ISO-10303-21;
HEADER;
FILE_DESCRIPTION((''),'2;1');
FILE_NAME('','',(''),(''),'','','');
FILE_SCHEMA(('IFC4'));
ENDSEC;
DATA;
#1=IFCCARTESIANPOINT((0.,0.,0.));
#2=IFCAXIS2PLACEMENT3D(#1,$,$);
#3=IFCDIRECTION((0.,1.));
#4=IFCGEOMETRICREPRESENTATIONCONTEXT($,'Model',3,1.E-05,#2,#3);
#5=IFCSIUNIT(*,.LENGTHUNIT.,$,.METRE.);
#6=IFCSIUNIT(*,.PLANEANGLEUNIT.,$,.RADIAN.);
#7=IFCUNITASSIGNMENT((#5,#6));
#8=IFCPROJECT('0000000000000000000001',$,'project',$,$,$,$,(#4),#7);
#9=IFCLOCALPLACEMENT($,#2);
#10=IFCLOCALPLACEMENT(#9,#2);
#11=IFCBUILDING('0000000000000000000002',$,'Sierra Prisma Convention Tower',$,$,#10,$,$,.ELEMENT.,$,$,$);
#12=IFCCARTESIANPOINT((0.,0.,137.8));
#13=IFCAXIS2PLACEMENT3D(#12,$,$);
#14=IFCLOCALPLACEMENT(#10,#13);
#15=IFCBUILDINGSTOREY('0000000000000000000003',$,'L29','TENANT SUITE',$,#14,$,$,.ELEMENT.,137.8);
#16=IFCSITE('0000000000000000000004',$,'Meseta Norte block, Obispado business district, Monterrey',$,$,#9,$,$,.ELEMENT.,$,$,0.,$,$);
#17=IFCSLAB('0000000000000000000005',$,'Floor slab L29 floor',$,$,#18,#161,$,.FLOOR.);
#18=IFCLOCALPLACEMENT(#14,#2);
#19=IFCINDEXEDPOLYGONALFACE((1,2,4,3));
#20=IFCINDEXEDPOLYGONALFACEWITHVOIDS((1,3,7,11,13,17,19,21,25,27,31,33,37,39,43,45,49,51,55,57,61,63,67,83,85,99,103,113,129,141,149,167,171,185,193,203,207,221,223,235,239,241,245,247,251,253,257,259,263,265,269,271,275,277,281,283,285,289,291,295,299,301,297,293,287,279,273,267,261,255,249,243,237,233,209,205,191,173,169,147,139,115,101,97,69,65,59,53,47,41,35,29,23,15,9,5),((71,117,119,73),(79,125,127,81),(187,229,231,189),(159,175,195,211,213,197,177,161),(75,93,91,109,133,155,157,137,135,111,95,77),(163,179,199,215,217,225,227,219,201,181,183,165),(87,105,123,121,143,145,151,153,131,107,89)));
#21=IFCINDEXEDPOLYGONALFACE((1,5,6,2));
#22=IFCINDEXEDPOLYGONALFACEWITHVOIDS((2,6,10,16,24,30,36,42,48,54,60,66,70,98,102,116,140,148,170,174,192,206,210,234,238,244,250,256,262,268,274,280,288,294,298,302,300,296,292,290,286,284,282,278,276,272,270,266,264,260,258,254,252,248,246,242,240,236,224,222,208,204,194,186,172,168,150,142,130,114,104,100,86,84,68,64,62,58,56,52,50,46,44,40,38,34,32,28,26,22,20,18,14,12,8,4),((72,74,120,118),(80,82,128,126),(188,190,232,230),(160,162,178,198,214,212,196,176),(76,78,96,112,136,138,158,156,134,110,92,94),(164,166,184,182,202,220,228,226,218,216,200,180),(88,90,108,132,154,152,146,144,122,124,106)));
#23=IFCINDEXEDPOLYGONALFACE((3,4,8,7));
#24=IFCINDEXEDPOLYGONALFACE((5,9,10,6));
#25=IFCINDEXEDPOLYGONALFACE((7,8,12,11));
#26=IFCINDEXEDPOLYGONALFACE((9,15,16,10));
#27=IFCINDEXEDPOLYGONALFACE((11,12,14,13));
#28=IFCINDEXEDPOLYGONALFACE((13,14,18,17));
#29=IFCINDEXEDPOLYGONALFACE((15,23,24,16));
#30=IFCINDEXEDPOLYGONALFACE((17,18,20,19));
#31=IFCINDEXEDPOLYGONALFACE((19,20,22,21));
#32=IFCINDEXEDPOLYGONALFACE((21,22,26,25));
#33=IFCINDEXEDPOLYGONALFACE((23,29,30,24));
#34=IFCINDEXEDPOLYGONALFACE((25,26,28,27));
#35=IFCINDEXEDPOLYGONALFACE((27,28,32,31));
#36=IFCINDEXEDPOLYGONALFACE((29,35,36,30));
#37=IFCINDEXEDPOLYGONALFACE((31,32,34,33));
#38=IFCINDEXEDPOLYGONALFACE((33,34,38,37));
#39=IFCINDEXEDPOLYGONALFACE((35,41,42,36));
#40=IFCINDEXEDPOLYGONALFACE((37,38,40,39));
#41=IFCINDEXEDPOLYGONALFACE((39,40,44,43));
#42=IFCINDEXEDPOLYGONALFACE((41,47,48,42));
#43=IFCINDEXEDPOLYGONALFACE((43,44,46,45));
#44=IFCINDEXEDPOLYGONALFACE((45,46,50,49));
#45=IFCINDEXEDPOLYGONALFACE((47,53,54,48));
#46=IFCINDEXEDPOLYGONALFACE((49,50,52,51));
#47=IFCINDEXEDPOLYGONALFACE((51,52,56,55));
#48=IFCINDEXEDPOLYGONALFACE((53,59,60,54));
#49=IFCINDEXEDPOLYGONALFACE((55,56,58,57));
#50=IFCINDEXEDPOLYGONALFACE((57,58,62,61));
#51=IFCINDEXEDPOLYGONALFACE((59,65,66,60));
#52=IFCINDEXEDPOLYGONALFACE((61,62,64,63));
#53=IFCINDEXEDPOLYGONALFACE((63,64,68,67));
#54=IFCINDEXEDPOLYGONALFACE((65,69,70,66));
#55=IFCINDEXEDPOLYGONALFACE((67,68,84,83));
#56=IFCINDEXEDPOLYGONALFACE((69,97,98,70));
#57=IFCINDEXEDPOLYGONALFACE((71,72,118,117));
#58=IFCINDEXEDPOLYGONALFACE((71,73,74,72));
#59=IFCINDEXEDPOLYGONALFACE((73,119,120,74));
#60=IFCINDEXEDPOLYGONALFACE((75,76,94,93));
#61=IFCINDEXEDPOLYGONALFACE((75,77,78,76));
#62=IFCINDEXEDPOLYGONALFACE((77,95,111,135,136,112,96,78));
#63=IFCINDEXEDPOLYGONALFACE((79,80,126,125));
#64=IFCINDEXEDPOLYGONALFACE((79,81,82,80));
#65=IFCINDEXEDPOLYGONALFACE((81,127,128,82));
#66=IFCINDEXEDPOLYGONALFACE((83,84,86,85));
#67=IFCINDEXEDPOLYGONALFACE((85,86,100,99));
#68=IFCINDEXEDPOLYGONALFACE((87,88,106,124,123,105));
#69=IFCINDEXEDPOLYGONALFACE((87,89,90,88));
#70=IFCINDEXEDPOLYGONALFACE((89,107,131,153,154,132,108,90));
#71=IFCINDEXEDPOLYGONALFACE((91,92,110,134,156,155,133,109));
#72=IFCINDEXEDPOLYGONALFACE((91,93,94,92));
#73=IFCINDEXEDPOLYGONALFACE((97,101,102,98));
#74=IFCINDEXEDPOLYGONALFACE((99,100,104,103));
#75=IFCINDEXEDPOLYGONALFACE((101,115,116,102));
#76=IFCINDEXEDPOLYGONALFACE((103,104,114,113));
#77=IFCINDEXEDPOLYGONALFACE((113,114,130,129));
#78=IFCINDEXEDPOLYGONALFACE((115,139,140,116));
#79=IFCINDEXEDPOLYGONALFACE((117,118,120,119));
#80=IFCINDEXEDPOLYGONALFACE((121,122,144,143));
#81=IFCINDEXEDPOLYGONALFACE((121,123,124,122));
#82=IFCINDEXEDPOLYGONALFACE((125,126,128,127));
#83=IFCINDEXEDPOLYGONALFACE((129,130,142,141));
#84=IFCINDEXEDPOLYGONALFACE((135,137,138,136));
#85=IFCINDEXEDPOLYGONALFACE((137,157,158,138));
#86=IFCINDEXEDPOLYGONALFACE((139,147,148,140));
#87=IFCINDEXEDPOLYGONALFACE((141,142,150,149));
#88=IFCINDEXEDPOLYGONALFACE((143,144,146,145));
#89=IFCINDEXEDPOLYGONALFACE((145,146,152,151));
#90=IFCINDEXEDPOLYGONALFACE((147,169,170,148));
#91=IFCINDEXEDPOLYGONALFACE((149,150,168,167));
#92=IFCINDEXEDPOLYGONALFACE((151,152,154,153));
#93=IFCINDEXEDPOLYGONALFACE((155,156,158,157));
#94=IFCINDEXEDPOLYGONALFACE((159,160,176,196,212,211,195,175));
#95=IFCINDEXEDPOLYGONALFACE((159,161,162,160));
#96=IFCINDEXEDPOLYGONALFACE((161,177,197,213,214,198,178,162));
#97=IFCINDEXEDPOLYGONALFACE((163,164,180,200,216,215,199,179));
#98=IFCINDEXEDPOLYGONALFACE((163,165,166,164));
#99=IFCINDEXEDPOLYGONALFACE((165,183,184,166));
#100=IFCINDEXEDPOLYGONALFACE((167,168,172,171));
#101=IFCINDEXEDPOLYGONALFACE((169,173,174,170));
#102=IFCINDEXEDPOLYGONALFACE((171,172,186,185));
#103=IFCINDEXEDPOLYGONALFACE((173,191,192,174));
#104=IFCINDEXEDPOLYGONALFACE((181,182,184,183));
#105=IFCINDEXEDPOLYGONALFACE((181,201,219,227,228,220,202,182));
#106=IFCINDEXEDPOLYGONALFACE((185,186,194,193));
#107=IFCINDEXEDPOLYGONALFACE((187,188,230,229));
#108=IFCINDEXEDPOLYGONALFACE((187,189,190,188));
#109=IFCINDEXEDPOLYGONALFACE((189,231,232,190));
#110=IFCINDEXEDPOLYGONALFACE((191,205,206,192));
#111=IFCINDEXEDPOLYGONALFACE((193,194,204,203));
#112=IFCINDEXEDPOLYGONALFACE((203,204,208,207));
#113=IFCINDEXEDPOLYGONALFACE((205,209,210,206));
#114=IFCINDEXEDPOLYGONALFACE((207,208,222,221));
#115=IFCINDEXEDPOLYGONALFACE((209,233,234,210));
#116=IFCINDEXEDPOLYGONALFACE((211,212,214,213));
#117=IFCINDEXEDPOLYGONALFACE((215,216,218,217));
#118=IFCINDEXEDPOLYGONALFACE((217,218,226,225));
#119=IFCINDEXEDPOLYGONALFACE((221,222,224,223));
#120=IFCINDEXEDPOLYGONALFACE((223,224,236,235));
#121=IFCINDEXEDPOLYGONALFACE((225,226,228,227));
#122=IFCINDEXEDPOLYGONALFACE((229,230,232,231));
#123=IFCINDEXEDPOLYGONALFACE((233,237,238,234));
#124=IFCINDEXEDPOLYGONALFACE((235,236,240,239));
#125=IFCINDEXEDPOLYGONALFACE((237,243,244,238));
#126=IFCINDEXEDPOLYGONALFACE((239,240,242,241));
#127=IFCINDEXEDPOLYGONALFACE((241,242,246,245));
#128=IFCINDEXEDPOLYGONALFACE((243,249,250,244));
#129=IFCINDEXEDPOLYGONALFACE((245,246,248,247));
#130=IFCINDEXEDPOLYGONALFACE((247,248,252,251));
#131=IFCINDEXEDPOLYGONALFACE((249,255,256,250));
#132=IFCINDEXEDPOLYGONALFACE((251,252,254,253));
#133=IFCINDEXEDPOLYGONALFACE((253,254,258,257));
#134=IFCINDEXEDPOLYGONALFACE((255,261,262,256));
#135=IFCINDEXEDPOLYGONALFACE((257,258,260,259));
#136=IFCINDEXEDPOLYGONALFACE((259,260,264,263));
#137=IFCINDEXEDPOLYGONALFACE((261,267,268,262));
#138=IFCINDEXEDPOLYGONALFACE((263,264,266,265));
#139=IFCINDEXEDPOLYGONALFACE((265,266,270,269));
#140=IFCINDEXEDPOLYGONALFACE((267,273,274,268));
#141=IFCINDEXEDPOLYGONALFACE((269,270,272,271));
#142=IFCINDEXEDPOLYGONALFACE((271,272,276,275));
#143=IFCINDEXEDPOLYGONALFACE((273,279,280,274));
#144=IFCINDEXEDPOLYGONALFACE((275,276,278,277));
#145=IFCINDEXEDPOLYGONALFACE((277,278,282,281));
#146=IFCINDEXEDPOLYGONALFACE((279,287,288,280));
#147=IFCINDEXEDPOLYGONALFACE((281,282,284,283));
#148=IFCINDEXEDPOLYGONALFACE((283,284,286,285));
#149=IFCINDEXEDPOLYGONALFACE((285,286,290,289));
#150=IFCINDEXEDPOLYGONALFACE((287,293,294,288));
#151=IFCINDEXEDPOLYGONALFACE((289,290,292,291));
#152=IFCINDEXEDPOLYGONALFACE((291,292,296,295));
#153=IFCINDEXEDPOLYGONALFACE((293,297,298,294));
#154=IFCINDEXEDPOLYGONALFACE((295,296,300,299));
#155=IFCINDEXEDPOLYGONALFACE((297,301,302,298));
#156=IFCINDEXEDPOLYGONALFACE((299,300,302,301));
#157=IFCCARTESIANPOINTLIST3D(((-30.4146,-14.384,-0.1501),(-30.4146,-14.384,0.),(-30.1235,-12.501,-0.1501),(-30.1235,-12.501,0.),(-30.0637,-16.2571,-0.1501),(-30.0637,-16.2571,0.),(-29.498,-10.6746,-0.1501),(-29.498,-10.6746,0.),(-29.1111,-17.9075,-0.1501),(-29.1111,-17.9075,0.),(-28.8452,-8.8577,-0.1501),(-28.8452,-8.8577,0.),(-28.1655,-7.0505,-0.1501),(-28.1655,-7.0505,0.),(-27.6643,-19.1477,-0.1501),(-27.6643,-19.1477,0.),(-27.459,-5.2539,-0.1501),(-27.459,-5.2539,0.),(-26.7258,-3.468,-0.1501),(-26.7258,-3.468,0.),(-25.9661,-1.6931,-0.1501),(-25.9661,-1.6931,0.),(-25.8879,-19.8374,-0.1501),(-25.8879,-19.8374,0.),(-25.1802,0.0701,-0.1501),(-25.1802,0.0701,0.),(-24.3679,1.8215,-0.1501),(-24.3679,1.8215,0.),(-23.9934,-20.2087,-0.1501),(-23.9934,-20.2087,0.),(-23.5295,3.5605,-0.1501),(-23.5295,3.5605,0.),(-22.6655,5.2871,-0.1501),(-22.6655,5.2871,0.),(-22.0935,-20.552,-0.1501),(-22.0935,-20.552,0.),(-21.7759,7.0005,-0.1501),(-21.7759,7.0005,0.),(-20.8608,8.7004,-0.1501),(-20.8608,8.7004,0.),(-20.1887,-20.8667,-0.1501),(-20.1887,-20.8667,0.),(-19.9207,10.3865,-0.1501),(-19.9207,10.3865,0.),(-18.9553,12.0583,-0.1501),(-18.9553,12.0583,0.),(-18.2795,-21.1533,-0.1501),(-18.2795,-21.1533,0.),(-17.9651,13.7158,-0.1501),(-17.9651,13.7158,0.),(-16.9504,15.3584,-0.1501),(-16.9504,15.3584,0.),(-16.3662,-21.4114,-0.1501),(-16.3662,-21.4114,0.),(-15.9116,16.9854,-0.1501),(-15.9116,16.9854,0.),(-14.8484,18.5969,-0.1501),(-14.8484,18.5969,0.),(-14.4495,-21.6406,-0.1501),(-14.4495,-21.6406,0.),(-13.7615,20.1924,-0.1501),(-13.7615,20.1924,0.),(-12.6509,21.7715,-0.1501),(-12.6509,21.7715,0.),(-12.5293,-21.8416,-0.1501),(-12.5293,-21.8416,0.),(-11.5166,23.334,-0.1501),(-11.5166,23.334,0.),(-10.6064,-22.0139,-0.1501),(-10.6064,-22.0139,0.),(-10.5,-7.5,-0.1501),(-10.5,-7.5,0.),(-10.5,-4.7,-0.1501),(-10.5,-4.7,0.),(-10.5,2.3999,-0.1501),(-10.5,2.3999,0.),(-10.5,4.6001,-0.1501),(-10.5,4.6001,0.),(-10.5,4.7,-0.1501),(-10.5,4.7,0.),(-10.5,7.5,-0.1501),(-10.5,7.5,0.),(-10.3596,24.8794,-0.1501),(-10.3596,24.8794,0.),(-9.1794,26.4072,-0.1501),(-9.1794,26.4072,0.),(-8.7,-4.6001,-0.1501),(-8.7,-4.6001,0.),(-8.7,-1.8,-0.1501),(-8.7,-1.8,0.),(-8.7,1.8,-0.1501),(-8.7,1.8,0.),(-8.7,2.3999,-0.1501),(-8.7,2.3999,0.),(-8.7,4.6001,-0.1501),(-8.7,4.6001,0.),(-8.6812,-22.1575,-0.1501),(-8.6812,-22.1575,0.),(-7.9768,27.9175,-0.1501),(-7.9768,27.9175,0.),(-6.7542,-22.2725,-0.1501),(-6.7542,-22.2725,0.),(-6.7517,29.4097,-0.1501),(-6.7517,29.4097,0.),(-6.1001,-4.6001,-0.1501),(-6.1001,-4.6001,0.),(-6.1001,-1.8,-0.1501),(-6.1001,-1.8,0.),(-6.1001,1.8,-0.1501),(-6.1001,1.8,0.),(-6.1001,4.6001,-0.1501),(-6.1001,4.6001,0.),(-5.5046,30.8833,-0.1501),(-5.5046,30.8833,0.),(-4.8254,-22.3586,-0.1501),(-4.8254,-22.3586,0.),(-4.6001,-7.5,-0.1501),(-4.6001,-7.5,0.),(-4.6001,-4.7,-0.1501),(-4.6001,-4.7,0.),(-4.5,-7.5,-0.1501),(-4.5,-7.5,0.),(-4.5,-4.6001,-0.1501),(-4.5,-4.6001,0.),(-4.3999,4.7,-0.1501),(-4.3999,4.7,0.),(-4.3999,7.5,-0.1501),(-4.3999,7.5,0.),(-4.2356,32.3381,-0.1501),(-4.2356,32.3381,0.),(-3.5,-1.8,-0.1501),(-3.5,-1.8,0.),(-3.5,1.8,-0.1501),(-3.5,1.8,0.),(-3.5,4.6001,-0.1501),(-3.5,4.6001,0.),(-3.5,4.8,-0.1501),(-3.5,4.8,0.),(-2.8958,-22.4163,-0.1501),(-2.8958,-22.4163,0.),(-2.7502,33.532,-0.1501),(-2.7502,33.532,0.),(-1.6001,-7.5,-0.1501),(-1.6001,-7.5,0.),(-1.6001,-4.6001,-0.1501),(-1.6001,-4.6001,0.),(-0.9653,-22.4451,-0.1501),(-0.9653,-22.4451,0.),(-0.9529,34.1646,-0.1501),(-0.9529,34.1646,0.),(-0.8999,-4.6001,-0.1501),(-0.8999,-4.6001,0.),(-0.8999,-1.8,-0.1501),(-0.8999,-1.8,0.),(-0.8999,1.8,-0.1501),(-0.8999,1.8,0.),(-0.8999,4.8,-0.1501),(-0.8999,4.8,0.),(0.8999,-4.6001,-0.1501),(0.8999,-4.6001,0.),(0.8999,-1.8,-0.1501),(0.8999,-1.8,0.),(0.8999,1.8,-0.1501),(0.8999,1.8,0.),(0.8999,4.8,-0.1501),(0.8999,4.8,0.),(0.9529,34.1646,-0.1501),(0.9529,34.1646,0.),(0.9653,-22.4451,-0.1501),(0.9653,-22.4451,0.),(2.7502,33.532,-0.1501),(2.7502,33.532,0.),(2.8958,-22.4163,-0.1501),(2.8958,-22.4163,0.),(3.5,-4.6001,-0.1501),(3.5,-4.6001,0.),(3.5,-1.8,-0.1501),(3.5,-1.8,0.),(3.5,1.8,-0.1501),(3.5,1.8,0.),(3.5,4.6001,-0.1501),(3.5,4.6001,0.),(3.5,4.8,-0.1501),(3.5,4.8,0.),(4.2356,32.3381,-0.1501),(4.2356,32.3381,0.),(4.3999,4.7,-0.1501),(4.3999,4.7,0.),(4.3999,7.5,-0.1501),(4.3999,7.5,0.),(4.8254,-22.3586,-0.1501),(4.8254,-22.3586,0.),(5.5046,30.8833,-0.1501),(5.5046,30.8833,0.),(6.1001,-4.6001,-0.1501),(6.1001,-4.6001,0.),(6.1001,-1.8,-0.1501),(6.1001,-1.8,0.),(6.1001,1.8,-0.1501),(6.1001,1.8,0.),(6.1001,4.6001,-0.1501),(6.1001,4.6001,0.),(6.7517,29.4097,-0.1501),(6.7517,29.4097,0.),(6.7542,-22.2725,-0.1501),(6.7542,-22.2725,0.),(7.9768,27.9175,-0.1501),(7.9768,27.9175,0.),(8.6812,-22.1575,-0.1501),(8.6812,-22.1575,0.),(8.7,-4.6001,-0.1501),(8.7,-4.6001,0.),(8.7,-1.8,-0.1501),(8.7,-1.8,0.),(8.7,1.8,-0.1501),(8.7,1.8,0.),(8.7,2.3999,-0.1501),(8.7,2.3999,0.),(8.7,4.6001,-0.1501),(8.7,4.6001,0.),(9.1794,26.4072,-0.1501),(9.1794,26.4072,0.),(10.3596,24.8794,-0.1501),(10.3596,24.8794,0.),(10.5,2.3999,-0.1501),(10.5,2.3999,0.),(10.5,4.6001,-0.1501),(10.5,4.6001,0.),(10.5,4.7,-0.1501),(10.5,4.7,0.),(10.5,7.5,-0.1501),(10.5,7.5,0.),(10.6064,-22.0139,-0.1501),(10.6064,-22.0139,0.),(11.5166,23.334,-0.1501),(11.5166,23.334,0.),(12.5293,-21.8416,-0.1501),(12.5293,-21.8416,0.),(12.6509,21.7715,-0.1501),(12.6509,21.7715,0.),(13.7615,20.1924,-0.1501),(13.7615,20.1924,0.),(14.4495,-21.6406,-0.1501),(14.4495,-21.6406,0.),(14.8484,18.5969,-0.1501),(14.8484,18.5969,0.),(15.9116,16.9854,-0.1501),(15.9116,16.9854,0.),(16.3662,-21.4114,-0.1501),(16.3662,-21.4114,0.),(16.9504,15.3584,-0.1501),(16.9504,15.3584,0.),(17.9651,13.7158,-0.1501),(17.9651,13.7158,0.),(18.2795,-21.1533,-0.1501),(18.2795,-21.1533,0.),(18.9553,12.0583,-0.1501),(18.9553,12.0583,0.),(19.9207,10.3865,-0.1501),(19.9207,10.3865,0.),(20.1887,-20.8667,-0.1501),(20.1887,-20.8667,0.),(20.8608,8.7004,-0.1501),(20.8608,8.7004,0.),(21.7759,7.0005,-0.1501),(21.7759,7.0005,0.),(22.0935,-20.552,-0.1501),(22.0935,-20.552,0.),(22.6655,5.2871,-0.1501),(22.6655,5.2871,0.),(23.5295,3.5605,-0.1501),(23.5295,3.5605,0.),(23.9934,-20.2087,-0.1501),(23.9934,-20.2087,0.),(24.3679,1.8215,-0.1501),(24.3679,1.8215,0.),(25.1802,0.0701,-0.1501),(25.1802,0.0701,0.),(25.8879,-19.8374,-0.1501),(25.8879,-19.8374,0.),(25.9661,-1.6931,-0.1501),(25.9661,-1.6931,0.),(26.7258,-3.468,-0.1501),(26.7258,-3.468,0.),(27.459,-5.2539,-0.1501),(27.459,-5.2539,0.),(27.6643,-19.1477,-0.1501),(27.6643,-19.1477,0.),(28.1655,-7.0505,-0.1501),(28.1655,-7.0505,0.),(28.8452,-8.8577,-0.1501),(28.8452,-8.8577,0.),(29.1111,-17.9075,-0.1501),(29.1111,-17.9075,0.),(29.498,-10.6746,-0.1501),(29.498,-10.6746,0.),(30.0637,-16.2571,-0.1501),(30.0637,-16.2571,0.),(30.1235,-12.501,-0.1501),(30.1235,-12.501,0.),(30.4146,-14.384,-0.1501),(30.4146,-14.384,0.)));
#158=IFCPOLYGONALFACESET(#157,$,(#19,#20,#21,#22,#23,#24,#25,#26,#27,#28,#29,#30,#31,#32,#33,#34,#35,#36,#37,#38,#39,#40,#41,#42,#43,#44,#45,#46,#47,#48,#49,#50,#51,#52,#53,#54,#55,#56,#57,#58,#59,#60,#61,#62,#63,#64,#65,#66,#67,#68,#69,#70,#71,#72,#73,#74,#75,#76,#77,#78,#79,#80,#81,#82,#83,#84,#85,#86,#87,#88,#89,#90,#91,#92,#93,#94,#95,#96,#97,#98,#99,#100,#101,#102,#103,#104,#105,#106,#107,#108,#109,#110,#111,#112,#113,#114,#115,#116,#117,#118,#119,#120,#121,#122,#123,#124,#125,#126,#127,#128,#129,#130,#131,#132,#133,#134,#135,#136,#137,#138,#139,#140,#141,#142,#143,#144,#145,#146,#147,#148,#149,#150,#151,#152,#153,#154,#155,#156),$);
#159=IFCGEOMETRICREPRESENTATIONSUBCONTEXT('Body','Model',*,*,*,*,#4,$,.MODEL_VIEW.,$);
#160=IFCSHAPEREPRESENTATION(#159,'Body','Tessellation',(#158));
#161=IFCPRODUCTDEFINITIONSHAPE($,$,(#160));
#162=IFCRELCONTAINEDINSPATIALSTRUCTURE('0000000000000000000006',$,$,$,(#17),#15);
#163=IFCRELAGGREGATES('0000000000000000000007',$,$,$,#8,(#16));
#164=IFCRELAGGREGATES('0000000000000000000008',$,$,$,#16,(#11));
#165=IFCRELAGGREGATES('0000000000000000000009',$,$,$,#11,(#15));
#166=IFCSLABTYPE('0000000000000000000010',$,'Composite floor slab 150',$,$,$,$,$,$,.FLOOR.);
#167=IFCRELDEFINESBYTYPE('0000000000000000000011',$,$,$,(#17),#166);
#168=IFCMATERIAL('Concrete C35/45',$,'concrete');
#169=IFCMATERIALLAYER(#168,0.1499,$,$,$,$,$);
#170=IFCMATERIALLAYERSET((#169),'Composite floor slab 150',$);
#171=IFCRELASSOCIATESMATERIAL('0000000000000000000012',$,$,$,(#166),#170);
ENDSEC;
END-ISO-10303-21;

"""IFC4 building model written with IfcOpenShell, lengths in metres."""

from ifc_helpers import new_model, si_unit, direction, frame, origin, place, context, subcontext, project, spatial, polyline, outline, extrude, material, layer, layer_set, type_object, element, save


model = new_model("IFC4")

# Units and contexts
model_context = context("Model", 3, precision=1e-05, world=origin(), true_north=direction((0.0, 1.0)))
body_context = subcontext(model_context, "Body", "Model", "MODEL_VIEW")
ifc_project = project(units=[si_unit("LENGTHUNIT", "METRE"), si_unit("PLANEANGLEUNIT", "RADIAN")], contexts=[model_context])

# Site, building, storey
site_placement = place(None, origin())
site = spatial("IfcSite", under=ifc_project, at=site_placement, Name="Meseta Norte block, Obispado business district, Monterrey", CompositionType="ELEMENT", RefElevation=0.0)
building_placement = place(site_placement, origin())
building = spatial("IfcBuilding", under=site, at=building_placement, Name="Sierra Prisma Convention Tower", CompositionType="ELEMENT")
storey_placement = place(building_placement, frame((0.0, 0.0, 137.8)))
storey = spatial("IfcBuildingStorey", under=building, at=storey_placement, Name="L29", Description="TENANT SUITE", CompositionType="ELEMENT", Elevation=137.8)

# Slab
ifc_material_1 = material(Name="Concrete C35/45", Category="concrete")
ifc_layer_1 = layer(ifc_material_1, 0.1499)
ifc_layer_set_1 = layer_set([ifc_layer_1], Name="Composite floor slab 150")
slab_type_1 = type_object("IfcSlabType", Name="Composite floor slab 150", PredefinedType="FLOOR", material=ifc_layer_set_1)
slab_1_placement = place(storey_placement, frame((0.0, 0.0, -0.1501)))
element("IfcSlab", 1, at=slab_1_placement, inside=storey, type_object=slab_type_1, Name="Floor slab L29 floor", PredefinedType="FLOOR", context=body_context, shape_type="SweptSolid", body=[
    extrude(outline(polyline([(-25.8879, -19.8374), (-23.9934, -20.2087), (-22.0935, -20.552), (-20.1887, -20.8667), (-18.2795, -21.1533), (-16.3662, -21.4114), (-14.4495, -21.6406), (-12.5293, -21.8416), (-10.6064, -22.0139), (-8.6812, -22.1575), (-6.7542, -22.2725), (-4.8254, -22.3586), (-2.8958, -22.4163), (-0.9653, -22.4451), (0.9653, -22.4451), (2.8958, -22.4163), (4.8254, -22.3586), (6.7542, -22.2725), (8.6812, -22.1575), (10.6064, -22.0139), (12.5293, -21.8416), (14.4495, -21.6406), (16.3662, -21.4114), (18.2795, -21.1533), (20.1887, -20.8667), (22.0935, -20.552), (23.9934, -20.2087), (25.8879, -19.8374), (27.6643, -19.1477), (29.1111, -17.9075), (30.0637, -16.2571), (30.4146, -14.384), (30.1235, -12.501), (29.498, -10.6746), (28.8452, -8.8577), (28.1655, -7.0505), (27.459, -5.2539), (26.7258, -3.468), (25.9661, -1.6931), (25.1802, 0.0701), (24.3679, 1.8215), (23.5295, 3.5605), (22.6655, 5.2871), (21.7759, 7.0005), (20.8608, 8.7004), (19.9207, 10.3865), (18.9553, 12.0583), (17.9651, 13.7158), (16.9504, 15.3584), (15.9116, 16.9854), (14.8484, 18.5969), (13.7615, 20.1924), (12.6509, 21.7715), (11.5166, 23.334), (10.3596, 24.8794), (9.1794, 26.4072), (7.9768, 27.9175), (6.7517, 29.4097), (5.5046, 30.8833), (4.2356, 32.3381), (2.7502, 33.532), (0.9529, 34.1646), (-0.9529, 34.1646), (-2.7502, 33.532), (-4.2356, 32.3381), (-5.5046, 30.8833), (-6.7517, 29.4097), (-7.9768, 27.9175), (-9.1794, 26.4072), (-10.3596, 24.8794), (-11.5166, 23.334), (-12.6509, 21.7715), (-13.7615, 20.1924), (-14.8484, 18.5969), (-15.9116, 16.9854), (-16.9504, 15.3584), (-17.9651, 13.7158), (-18.9553, 12.0583), (-19.9207, 10.3865), (-20.8608, 8.7004), (-21.7759, 7.0005), (-22.6655, 5.2871), (-23.5295, 3.5605), (-24.3679, 1.8215), (-25.1802, 0.0701), (-25.9661, -1.6931), (-26.7258, -3.468), (-27.459, -5.2539), (-28.1655, -7.0505), (-28.8452, -8.8577), (-29.498, -10.6746), (-30.1235, -12.501), (-30.4146, -14.384), (-30.0637, -16.2571), (-29.1111, -17.9075), (-27.6643, -19.1477), (-25.8879, -19.8374)]), holes=[polyline([(-4.6001, -7.5), (-10.5, -7.5), (-10.5, -4.7), (-4.6001, -4.7), (-4.6001, -7.5)]), polyline([(-8.7, -4.6001), (-8.7, -1.8), (-6.1001, -1.8), (-3.5, -1.8), (-0.8999, -1.8), (-0.8999, -4.6001), (-1.6001, -4.6001), (-1.6001, -7.5), (-4.5, -7.5), (-4.5, -4.6001), (-6.1001, -4.6001), (-8.7, -4.6001)]), polyline([(-10.5, 4.6001), (-8.7, 4.6001), (-6.1001, 4.6001), (-3.5, 4.6001), (-3.5, 4.8), (-0.8999, 4.8), (-0.8999, 1.8), (-3.5, 1.8), (-6.1001, 1.8), (-8.7, 1.8), (-8.7, 2.3999), (-10.5, 2.3999), (-10.5, 4.6001)]), polyline([(-10.5, 4.7), (-10.5, 7.5), (-4.3999, 7.5), (-4.3999, 4.7), (-10.5, 4.7)]), polyline([(6.1001, -1.8), (8.7, -1.8), (8.7, -4.6001), (6.1001, -4.6001), (3.5, -4.6001), (0.8999, -4.6001), (0.8999, -1.8), (3.5, -1.8), (6.1001, -1.8)]), polyline([(8.7, 4.6001), (10.5, 4.6001), (10.5, 2.3999), (8.7, 2.3999), (8.7, 1.8), (6.1001, 1.8), (3.5, 1.8), (0.8999, 1.8), (0.8999, 4.8), (3.5, 4.8), (3.5, 4.6001), (6.1001, 4.6001), (8.7, 4.6001)]), polyline([(4.3999, 4.7), (4.3999, 7.5), (10.5, 7.5), (10.5, 4.7), (4.3999, 4.7)])]), origin(), (0.0, 0.0, 1.0), 0.1501),
])

save(model, "model.ifc")
